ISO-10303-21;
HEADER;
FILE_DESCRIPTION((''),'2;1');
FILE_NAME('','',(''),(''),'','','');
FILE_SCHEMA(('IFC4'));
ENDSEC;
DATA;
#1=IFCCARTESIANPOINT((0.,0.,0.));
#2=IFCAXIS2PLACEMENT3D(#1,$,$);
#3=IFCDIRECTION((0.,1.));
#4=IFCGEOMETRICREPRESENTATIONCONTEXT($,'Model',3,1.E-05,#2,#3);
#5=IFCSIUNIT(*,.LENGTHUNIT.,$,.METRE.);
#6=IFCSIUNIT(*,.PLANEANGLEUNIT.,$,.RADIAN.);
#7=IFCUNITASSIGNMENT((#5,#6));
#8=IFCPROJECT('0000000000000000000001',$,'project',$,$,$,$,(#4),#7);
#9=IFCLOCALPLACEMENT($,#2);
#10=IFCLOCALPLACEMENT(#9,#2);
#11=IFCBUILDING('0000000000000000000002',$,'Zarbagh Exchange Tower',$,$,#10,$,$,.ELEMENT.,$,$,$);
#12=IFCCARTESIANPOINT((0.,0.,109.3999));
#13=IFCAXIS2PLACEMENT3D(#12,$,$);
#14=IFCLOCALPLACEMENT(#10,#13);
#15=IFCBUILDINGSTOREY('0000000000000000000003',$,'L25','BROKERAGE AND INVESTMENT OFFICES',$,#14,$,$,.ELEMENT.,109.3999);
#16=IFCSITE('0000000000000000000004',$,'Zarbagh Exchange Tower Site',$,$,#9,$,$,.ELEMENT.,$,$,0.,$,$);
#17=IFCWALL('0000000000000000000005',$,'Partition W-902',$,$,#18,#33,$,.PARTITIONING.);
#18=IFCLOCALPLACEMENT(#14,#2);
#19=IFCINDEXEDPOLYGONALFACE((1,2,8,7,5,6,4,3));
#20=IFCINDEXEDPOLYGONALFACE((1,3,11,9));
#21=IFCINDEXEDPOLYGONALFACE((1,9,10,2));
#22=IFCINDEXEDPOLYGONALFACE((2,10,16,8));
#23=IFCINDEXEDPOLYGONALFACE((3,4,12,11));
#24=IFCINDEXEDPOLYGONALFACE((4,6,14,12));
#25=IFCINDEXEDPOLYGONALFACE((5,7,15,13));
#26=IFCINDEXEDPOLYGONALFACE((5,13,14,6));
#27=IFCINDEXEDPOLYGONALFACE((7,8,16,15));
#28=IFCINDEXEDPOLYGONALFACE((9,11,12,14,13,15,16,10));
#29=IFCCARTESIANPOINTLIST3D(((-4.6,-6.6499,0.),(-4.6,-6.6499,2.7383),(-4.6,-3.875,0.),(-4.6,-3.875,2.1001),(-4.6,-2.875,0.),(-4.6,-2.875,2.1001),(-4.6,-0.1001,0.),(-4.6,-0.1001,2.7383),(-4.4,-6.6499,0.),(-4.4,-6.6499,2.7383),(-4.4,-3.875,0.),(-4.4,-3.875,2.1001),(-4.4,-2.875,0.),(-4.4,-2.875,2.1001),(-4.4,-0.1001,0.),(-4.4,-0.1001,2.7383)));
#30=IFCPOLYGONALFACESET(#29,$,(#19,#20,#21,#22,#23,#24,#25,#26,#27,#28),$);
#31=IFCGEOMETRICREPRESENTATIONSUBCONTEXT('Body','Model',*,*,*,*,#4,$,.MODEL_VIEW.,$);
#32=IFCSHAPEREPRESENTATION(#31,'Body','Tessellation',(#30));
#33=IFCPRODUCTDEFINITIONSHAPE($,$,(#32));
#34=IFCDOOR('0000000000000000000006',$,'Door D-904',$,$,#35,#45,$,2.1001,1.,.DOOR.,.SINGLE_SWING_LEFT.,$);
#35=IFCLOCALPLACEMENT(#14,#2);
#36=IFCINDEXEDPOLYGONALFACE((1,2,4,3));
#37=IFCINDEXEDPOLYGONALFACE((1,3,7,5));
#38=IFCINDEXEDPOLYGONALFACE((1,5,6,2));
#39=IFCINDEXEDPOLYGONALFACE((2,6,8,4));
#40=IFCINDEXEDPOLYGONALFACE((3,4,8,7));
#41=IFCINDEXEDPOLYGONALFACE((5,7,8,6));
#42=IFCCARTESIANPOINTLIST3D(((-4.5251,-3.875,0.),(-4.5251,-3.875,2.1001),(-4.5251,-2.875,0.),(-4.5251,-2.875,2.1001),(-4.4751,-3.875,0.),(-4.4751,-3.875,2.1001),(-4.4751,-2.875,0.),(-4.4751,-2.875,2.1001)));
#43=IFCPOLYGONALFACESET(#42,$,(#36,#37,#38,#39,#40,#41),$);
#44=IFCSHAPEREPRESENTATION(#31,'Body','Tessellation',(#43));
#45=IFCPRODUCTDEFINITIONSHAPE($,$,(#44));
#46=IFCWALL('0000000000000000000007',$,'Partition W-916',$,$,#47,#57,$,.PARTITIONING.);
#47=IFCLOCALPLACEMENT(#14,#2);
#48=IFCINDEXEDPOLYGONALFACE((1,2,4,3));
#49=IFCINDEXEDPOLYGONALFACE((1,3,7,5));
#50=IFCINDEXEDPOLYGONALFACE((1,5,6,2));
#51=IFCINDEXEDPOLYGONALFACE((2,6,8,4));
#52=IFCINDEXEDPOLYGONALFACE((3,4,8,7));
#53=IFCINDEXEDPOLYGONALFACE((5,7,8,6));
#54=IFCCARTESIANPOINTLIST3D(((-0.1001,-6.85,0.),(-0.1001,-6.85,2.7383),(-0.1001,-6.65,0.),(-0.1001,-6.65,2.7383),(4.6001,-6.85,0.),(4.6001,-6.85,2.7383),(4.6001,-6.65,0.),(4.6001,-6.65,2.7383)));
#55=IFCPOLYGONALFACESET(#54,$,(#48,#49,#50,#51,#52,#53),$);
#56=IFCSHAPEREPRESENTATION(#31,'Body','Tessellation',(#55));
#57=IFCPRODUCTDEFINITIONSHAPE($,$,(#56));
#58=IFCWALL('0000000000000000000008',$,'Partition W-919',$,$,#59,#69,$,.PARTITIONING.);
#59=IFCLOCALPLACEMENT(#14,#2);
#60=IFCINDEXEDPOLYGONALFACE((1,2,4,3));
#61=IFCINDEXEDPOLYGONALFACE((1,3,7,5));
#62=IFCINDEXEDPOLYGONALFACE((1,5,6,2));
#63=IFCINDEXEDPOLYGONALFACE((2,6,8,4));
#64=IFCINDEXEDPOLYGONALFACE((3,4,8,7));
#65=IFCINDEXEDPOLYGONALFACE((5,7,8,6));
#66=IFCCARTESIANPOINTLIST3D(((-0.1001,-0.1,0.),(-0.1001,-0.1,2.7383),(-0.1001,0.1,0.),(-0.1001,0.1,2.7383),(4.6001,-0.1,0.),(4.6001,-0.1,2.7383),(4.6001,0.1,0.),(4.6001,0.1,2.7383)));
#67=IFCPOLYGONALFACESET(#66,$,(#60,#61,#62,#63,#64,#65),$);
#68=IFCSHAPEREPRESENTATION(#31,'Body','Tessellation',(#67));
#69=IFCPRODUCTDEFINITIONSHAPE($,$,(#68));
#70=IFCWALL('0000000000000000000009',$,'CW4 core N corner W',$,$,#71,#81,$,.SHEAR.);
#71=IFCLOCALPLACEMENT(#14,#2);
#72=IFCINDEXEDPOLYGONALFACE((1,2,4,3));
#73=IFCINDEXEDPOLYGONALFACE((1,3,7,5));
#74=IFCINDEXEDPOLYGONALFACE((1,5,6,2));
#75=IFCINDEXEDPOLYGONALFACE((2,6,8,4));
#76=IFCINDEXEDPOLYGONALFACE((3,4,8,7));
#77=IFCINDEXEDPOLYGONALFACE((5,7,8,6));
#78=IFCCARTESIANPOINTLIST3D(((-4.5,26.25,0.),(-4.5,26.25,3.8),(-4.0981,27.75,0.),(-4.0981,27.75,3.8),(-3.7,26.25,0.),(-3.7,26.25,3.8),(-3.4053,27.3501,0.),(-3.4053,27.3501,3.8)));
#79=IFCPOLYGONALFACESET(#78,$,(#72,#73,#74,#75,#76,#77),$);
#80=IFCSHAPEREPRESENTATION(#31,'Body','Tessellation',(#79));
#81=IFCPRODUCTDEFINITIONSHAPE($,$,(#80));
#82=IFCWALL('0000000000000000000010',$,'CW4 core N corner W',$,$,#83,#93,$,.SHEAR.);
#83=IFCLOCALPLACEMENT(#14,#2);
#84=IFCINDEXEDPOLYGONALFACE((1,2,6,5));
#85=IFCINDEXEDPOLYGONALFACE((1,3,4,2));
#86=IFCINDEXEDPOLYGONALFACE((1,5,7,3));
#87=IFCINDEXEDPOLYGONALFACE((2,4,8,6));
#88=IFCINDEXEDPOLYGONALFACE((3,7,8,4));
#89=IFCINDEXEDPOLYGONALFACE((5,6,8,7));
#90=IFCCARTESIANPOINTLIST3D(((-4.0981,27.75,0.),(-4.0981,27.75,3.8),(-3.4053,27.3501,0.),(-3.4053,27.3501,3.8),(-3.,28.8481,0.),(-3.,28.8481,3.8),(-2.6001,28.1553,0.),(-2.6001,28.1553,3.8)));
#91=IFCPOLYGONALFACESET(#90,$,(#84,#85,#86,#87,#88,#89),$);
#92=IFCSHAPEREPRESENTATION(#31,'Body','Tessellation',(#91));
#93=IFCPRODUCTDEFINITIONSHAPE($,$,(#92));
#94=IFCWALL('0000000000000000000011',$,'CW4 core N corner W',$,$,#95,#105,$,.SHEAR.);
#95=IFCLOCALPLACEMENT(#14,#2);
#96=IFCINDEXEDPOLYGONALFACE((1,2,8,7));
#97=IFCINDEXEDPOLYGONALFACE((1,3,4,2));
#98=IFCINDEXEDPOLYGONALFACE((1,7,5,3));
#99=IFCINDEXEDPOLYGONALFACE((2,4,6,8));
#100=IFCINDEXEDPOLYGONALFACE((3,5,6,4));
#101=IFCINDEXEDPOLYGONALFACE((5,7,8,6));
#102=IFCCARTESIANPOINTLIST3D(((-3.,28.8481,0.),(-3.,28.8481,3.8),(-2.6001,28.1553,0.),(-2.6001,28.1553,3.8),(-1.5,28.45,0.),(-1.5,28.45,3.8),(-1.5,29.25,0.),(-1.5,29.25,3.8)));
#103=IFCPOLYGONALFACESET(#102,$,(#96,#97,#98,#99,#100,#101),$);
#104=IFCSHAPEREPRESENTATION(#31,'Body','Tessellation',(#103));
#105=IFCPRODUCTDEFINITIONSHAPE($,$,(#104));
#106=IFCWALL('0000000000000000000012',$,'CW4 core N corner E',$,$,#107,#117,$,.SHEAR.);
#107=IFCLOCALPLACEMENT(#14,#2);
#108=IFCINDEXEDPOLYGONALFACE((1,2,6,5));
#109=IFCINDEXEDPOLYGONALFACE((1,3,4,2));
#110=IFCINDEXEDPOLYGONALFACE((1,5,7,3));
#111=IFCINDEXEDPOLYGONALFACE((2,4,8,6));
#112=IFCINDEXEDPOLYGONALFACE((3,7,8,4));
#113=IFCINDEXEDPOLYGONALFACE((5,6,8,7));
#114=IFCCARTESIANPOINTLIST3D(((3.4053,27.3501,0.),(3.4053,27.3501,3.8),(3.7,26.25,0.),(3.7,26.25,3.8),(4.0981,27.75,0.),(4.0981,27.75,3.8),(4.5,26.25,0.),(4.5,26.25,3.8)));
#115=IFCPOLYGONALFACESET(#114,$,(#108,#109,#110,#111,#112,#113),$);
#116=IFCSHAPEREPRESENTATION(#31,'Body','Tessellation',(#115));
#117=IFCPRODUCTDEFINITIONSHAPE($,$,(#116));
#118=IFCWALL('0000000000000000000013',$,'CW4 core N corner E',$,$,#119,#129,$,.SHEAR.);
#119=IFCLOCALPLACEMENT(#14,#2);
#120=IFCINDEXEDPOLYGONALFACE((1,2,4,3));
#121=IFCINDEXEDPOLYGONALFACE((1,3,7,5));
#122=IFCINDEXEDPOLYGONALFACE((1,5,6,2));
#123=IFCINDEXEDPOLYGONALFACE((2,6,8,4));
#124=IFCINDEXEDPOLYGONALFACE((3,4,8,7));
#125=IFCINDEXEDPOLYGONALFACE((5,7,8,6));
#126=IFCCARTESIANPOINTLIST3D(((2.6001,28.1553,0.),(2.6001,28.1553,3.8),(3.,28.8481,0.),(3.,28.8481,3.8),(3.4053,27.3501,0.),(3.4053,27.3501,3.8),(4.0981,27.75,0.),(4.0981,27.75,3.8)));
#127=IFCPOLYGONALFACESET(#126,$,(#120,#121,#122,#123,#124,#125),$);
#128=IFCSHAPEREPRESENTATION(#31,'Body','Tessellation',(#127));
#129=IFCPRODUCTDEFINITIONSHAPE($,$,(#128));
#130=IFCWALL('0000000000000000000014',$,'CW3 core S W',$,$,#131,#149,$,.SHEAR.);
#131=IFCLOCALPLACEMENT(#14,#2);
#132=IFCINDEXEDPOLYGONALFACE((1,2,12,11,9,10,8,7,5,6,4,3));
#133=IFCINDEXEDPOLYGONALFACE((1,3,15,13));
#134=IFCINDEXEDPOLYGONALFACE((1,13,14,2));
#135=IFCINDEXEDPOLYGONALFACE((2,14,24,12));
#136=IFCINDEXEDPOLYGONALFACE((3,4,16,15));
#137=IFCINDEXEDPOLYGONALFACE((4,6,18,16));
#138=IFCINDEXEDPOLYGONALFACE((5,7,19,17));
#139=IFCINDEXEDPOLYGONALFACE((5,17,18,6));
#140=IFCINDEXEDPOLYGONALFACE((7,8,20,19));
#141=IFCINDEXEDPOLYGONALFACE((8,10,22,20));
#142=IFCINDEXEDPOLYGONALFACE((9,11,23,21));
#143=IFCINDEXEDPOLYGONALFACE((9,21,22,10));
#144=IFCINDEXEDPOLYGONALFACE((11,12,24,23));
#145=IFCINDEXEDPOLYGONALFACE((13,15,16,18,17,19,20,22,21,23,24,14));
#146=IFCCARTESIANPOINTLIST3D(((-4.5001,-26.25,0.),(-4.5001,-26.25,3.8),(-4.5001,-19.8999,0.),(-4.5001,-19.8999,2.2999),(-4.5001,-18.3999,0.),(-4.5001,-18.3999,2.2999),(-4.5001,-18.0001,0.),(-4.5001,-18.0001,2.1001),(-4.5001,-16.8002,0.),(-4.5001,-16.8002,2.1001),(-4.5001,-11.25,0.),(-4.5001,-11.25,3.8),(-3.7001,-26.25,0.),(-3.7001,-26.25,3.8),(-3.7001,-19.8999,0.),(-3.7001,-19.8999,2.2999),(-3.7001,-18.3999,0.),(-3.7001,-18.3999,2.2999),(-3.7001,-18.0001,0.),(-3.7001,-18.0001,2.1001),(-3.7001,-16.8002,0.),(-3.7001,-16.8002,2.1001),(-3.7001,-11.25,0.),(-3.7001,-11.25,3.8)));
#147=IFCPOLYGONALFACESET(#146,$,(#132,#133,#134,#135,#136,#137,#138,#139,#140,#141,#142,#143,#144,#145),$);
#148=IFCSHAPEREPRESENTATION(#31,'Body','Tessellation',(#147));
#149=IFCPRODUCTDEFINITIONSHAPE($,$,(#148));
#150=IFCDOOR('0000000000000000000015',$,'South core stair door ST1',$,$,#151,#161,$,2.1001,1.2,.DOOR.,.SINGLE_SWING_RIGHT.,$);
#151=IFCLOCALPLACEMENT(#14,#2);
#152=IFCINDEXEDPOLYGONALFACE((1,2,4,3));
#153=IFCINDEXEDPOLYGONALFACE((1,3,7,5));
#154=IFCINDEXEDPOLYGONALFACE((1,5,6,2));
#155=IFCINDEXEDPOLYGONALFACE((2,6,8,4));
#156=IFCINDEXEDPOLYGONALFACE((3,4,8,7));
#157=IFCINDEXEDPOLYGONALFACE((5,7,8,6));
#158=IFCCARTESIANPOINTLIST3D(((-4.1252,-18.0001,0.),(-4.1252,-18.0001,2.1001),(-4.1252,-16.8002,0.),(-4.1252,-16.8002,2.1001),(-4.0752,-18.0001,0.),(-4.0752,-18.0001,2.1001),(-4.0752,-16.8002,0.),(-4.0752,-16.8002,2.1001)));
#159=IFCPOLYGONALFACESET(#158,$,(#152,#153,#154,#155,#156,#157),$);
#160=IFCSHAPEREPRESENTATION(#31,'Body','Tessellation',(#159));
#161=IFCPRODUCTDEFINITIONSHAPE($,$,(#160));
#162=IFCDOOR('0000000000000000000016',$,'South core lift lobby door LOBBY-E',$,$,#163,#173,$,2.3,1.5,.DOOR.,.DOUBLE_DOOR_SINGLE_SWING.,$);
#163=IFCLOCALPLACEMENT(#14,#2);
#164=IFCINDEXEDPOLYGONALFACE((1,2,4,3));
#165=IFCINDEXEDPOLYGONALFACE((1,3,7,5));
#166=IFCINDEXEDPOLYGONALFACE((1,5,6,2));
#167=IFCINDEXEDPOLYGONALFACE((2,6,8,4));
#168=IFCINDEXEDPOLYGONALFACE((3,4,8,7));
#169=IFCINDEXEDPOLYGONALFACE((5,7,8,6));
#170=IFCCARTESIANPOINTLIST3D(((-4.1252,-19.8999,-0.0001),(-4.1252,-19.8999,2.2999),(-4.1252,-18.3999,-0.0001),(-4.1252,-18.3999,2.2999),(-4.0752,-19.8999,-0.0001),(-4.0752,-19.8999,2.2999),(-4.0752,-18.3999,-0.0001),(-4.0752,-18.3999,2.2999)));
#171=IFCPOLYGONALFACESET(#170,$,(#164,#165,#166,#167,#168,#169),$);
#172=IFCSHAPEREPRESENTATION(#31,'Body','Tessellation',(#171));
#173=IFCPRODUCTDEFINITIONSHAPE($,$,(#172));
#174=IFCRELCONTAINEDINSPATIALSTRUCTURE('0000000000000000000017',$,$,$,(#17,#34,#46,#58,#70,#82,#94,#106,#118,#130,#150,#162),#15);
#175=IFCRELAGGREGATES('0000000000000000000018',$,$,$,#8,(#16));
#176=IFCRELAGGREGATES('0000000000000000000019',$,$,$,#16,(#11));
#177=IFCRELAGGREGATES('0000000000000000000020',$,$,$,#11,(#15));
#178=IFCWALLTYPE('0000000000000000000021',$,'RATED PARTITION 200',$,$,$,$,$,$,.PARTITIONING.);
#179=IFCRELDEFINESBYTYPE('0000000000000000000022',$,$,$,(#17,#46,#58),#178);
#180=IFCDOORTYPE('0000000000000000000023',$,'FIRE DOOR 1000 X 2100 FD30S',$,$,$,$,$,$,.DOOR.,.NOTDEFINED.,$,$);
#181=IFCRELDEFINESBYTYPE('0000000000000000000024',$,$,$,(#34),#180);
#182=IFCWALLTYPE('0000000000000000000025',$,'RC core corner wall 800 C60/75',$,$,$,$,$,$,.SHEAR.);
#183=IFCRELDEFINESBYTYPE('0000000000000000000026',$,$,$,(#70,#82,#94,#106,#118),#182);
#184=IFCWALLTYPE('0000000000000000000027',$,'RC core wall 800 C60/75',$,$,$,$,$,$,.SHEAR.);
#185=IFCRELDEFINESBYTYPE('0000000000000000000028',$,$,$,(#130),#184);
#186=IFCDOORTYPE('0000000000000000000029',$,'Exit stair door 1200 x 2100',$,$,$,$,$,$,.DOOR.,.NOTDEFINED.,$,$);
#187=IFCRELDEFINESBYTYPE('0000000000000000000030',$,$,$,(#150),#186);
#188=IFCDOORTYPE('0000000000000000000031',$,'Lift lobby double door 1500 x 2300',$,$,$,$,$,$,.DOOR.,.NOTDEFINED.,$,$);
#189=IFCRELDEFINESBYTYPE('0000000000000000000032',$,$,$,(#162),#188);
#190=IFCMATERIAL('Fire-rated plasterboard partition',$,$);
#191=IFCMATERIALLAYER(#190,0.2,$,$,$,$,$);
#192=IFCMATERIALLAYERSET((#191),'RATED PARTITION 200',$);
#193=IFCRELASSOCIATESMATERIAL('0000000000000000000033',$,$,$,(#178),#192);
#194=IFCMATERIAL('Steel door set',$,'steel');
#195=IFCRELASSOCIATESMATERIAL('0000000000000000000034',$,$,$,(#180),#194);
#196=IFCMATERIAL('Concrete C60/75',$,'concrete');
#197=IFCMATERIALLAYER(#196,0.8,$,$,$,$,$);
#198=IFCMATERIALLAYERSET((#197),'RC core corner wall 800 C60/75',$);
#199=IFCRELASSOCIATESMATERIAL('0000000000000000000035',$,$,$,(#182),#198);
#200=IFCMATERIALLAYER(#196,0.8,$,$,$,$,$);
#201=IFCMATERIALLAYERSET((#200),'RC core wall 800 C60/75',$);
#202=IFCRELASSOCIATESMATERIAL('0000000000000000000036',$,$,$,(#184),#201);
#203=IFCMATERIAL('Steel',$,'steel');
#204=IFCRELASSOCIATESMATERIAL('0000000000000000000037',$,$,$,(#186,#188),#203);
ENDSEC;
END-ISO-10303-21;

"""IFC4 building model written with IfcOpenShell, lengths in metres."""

from ifc_helpers import new_model, si_unit, direction, frame, frame_2d, origin, place, context, subcontext, project, spatial, polyline, rectangle, outline, extrude, material, layer, layer_set, type_object, element, fill, save


model = new_model("IFC4")

# Units and contexts
model_context = context("Model", 3, precision=1e-05, world=origin(), true_north=direction((0.0, 1.0)))
body_context = subcontext(model_context, "Body", "Model", "MODEL_VIEW")
ifc_project = project(units=[si_unit("LENGTHUNIT", "METRE"), si_unit("PLANEANGLEUNIT", "RADIAN")], contexts=[model_context])

# Site, building, storey
site_placement = place(None, origin())
site = spatial("IfcSite", under=ifc_project, at=site_placement, Name="Zarbagh Exchange Tower Site", CompositionType="ELEMENT", RefElevation=0.0)
building_placement = place(site_placement, origin())
building = spatial("IfcBuilding", under=site, at=building_placement, Name="Zarbagh Exchange Tower", CompositionType="ELEMENT")
storey_placement = place(building_placement, frame((0.0, 0.0, 109.3999)))
storey = spatial("IfcBuildingStorey", under=building, at=storey_placement, Name="L25", Description="BROKERAGE AND INVESTMENT OFFICES", CompositionType="ELEMENT", Elevation=109.3999)

# Shared definitions
ifc_material_1 = material(Name="Concrete C60/75", Category="concrete")

# Wall, opening, door
ifc_material_2 = material(Name="Fire-rated plasterboard partition")
ifc_layer_1 = layer(ifc_material_2, 0.2)
ifc_layer_set_1 = layer_set([ifc_layer_1], Name="RATED PARTITION 200")
wall_type_1 = type_object("IfcWallType", Name="RATED PARTITION 200", PredefinedType="PARTITIONING", material=ifc_layer_set_1)
wall_1_placement = place(storey_placement, frame((-4.5, -0.1001, 0.0), z_axis=(0.0, 0.0, 1.0), x_axis=(0.0, -1.0, 0.0)))
wall_1 = element("IfcWall", 1, at=wall_1_placement, inside=storey, type_object=wall_type_1, Name="Partition W-902", PredefinedType="PARTITIONING", context=body_context, shape_type="SweptSolid", body=[
    extrude(rectangle(XDim=6.5498, YDim=0.2, at=frame_2d((3.2749, 0.0))), origin(), (0.0, 0.0, 1.0), 2.7383),
])
opening_1_placement = place(wall_1_placement, frame((2.7749, 0.0, 0.0)))
opening_1 = element("IfcOpeningElement", 2, at=opening_1_placement, cuts=wall_1, PredefinedType="OPENING", context=body_context, shape_type="SweptSolid", body=[
    extrude(rectangle(XDim=1.0, YDim=2.1001, at=frame_2d((0.5, 1.05))), frame((0.0, 0.1099, 0.0), z_axis=(0.0, -1.0, 0.0), x_axis=(1.0, 0.0, 0.0)), (0.0, 0.0, 1.0), 0.22),
])
ifc_material_3 = material(Name="Steel door set", Category="steel")
door_type_1 = type_object("IfcDoorType", Name="FIRE DOOR 1000 X 2100 FD30S", OperationType="NOTDEFINED", PredefinedType="DOOR", material=ifc_material_3)
door_1_placement = place(opening_1_placement, origin())
door_1 = element("IfcDoor", 3, at=door_1_placement, inside=storey, type_object=door_type_1, Name="Door D-904", OperationType="SINGLE_SWING_LEFT", OverallHeight=2.1001, OverallWidth=1.0, PredefinedType="DOOR", context=body_context, shape_type="SweptSolid", body=[
    extrude(rectangle(XDim=1.0, YDim=2.1001, at=frame_2d((0.5, 1.05))), frame((0.0, 0.0249, 0.0), z_axis=(0.0, -1.0, 0.0), x_axis=(1.0, 0.0, 0.0)), (0.0, 0.0, 1.0), 0.05),
])
fill(opening_1, door_1)

# Walls
for number, where, z_axis, x_axis, name in (
    (4, (-0.1001, -6.75, 0.0), (0.0, 0.0, 1.0), (1.0, 0.0, 0.0), "Partition W-916"),
    (5, (-0.1001, 0.0, 0.0), (0.0, 0.0, 1.0), (1.0, 0.0, 0.0), "Partition W-919"),
):
    element("IfcWall", number, at=place(storey_placement, frame(where, z_axis=z_axis, x_axis=x_axis)), inside=storey, type_object=wall_type_1, Name=name, PredefinedType="PARTITIONING", context=body_context, shape_type="SweptSolid", body=[
        extrude(rectangle(XDim=4.7002, YDim=0.2, at=frame_2d((2.3501, 0.0))), origin(), (0.0, 0.0, 1.0), 2.7383),
    ])
ifc_layer_2 = layer(ifc_material_1, 0.8)
ifc_layer_set_2 = layer_set([ifc_layer_2], Name="RC core corner wall 800 C60/75")
wall_type_2 = type_object("IfcWallType", Name="RC core corner wall 800 C60/75", PredefinedType="SHEAR", material=ifc_layer_set_2)
wall_2_placement = place(storey_placement, origin())
element("IfcWall", 6, at=wall_2_placement, inside=storey, type_object=wall_type_2, Name="CW4 core N corner W", PredefinedType="SHEAR", context=body_context, shape_type="SweptSolid", body=[
    extrude(outline(polyline([(-4.5, 26.25), (-4.0981, 27.75), (-3.4053, 27.3501), (-3.7, 26.25), (-4.5, 26.25)])), origin(), (0.0, 0.0, 1.0), 3.8),
])
wall_3_placement = place(storey_placement, origin())
element("IfcWall", 7, at=wall_3_placement, inside=storey, type_object=wall_type_2, Name="CW4 core N corner W", PredefinedType="SHEAR", context=body_context, shape_type="SweptSolid", body=[
    extrude(outline(polyline([(-4.0981, 27.75), (-3.0, 28.8481), (-2.6001, 28.1553), (-3.4053, 27.3501), (-4.0981, 27.75)])), origin(), (0.0, 0.0, 1.0), 3.8),
])
wall_4_placement = place(storey_placement, origin())
element("IfcWall", 8, at=wall_4_placement, inside=storey, type_object=wall_type_2, Name="CW4 core N corner W", PredefinedType="SHEAR", context=body_context, shape_type="SweptSolid", body=[
    extrude(outline(polyline([(-3.0, 28.8481), (-1.5, 29.25), (-1.5, 28.45), (-2.6001, 28.1553), (-3.0, 28.8481)])), origin(), (0.0, 0.0, 1.0), 3.8),
])
wall_5_placement = place(storey_placement, origin())
element("IfcWall", 9, at=wall_5_placement, inside=storey, type_object=wall_type_2, Name="CW4 core N corner E", PredefinedType="SHEAR", context=body_context, shape_type="SweptSolid", body=[
    extrude(outline(polyline([(4.5, 26.25), (4.0981, 27.75), (3.4053, 27.3501), (3.7, 26.25), (4.5, 26.25)])), origin(), (0.0, 0.0, 1.0), 3.8),
])
wall_6_placement = place(storey_placement, origin())
element("IfcWall", 10, at=wall_6_placement, inside=storey, type_object=wall_type_2, Name="CW4 core N corner E", PredefinedType="SHEAR", context=body_context, shape_type="SweptSolid", body=[
    extrude(outline(polyline([(4.0981, 27.75), (3.0, 28.8481), (2.6001, 28.1553), (3.4053, 27.3501), (4.0981, 27.75)])), origin(), (0.0, 0.0, 1.0), 3.8),
])

# Wall, openings, doors
ifc_layer_3 = layer(ifc_material_1, 0.8)
ifc_layer_set_3 = layer_set([ifc_layer_3], Name="RC core wall 800 C60/75")
wall_type_3 = type_object("IfcWallType", Name="RC core wall 800 C60/75", PredefinedType="SHEAR", material=ifc_layer_set_3)
wall_7_placement = place(storey_placement, frame((-4.1001, -11.25, 0.0), z_axis=(0.0, 0.0, 1.0), x_axis=(0.0, -1.0, 0.0)))
wall_7 = element("IfcWall", 11, at=wall_7_placement, inside=storey, type_object=wall_type_3, Name="CW3 core S W", PredefinedType="SHEAR", context=body_context, shape_type="SweptSolid", body=[
    extrude(rectangle(XDim=15.0, YDim=0.8, at=frame_2d((7.5, 0.0))), origin(), (0.0, 0.0, 1.0), 3.8),
])
opening_2_placement = place(wall_7_placement, frame((7.1499, 0.0, 0.0)))
opening_2 = element("IfcOpeningElement", 12, at=opening_2_placement, cuts=wall_7, PredefinedType="OPENING", context=body_context, shape_type="SweptSolid", body=[
    extrude(rectangle(XDim=1.5, YDim=2.3, at=frame_2d((0.75, 1.1499))), frame((0.0, 0.4099, 0.0), z_axis=(0.0, -1.0, 0.0), x_axis=(1.0, 0.0, 0.0)), (0.0, 0.0, 1.0), 0.8201),
])
opening_3_placement = place(wall_7_placement, frame((5.55, 0.0, 0.0)))
opening_3 = element("IfcOpeningElement", 13, at=opening_3_placement, cuts=wall_7, PredefinedType="OPENING", context=body_context, shape_type="SweptSolid", body=[
    extrude(rectangle(XDim=1.2, YDim=2.1001, at=frame_2d((0.6001, 1.05))), frame((0.0, 0.4099, 0.0), z_axis=(0.0, -1.0, 0.0), x_axis=(1.0, 0.0, 0.0)), (0.0, 0.0, 1.0), 0.8201),
])
ifc_material_4 = material(Name="Steel", Category="steel")
door_type_2 = type_object("IfcDoorType", Name="Exit stair door 1200 x 2100", OperationType="NOTDEFINED", PredefinedType="DOOR", material=ifc_material_4)
door_2_placement = place(opening_3_placement, origin())
door_2 = element("IfcDoor", 14, at=door_2_placement, inside=storey, type_object=door_type_2, Name="South core stair door ST1", OperationType="SINGLE_SWING_RIGHT", OverallHeight=2.1001, OverallWidth=1.2, PredefinedType="DOOR", context=body_context, shape_type="SweptSolid", body=[
    extrude(rectangle(XDim=1.2, YDim=2.1001, at=frame_2d((0.6001, 1.05))), frame((0.0, 0.0249, 0.0), z_axis=(0.0, -1.0, 0.0), x_axis=(1.0, 0.0, 0.0)), (0.0, 0.0, 1.0), 0.05),
])
fill(opening_3, door_2)
door_type_3 = type_object("IfcDoorType", Name="Lift lobby double door 1500 x 2300", OperationType="NOTDEFINED", PredefinedType="DOOR", material=ifc_material_4)
door_3_placement = place(opening_2_placement, origin())
door_3 = element("IfcDoor", 15, at=door_3_placement, inside=storey, type_object=door_type_3, Name="South core lift lobby door LOBBY-E", OperationType="DOUBLE_DOOR_SINGLE_SWING", OverallHeight=2.3, OverallWidth=1.5, PredefinedType="DOOR", context=body_context, shape_type="SweptSolid", body=[
    extrude(rectangle(XDim=1.5, YDim=2.3, at=frame_2d((0.75, 1.1499))), frame((0.0, 0.0249, 0.0), z_axis=(0.0, -1.0, 0.0), x_axis=(1.0, 0.0, 0.0)), (0.0, 0.0, 1.0), 0.05),
])
fill(opening_2, door_3)

save(model, "model.ifc")
